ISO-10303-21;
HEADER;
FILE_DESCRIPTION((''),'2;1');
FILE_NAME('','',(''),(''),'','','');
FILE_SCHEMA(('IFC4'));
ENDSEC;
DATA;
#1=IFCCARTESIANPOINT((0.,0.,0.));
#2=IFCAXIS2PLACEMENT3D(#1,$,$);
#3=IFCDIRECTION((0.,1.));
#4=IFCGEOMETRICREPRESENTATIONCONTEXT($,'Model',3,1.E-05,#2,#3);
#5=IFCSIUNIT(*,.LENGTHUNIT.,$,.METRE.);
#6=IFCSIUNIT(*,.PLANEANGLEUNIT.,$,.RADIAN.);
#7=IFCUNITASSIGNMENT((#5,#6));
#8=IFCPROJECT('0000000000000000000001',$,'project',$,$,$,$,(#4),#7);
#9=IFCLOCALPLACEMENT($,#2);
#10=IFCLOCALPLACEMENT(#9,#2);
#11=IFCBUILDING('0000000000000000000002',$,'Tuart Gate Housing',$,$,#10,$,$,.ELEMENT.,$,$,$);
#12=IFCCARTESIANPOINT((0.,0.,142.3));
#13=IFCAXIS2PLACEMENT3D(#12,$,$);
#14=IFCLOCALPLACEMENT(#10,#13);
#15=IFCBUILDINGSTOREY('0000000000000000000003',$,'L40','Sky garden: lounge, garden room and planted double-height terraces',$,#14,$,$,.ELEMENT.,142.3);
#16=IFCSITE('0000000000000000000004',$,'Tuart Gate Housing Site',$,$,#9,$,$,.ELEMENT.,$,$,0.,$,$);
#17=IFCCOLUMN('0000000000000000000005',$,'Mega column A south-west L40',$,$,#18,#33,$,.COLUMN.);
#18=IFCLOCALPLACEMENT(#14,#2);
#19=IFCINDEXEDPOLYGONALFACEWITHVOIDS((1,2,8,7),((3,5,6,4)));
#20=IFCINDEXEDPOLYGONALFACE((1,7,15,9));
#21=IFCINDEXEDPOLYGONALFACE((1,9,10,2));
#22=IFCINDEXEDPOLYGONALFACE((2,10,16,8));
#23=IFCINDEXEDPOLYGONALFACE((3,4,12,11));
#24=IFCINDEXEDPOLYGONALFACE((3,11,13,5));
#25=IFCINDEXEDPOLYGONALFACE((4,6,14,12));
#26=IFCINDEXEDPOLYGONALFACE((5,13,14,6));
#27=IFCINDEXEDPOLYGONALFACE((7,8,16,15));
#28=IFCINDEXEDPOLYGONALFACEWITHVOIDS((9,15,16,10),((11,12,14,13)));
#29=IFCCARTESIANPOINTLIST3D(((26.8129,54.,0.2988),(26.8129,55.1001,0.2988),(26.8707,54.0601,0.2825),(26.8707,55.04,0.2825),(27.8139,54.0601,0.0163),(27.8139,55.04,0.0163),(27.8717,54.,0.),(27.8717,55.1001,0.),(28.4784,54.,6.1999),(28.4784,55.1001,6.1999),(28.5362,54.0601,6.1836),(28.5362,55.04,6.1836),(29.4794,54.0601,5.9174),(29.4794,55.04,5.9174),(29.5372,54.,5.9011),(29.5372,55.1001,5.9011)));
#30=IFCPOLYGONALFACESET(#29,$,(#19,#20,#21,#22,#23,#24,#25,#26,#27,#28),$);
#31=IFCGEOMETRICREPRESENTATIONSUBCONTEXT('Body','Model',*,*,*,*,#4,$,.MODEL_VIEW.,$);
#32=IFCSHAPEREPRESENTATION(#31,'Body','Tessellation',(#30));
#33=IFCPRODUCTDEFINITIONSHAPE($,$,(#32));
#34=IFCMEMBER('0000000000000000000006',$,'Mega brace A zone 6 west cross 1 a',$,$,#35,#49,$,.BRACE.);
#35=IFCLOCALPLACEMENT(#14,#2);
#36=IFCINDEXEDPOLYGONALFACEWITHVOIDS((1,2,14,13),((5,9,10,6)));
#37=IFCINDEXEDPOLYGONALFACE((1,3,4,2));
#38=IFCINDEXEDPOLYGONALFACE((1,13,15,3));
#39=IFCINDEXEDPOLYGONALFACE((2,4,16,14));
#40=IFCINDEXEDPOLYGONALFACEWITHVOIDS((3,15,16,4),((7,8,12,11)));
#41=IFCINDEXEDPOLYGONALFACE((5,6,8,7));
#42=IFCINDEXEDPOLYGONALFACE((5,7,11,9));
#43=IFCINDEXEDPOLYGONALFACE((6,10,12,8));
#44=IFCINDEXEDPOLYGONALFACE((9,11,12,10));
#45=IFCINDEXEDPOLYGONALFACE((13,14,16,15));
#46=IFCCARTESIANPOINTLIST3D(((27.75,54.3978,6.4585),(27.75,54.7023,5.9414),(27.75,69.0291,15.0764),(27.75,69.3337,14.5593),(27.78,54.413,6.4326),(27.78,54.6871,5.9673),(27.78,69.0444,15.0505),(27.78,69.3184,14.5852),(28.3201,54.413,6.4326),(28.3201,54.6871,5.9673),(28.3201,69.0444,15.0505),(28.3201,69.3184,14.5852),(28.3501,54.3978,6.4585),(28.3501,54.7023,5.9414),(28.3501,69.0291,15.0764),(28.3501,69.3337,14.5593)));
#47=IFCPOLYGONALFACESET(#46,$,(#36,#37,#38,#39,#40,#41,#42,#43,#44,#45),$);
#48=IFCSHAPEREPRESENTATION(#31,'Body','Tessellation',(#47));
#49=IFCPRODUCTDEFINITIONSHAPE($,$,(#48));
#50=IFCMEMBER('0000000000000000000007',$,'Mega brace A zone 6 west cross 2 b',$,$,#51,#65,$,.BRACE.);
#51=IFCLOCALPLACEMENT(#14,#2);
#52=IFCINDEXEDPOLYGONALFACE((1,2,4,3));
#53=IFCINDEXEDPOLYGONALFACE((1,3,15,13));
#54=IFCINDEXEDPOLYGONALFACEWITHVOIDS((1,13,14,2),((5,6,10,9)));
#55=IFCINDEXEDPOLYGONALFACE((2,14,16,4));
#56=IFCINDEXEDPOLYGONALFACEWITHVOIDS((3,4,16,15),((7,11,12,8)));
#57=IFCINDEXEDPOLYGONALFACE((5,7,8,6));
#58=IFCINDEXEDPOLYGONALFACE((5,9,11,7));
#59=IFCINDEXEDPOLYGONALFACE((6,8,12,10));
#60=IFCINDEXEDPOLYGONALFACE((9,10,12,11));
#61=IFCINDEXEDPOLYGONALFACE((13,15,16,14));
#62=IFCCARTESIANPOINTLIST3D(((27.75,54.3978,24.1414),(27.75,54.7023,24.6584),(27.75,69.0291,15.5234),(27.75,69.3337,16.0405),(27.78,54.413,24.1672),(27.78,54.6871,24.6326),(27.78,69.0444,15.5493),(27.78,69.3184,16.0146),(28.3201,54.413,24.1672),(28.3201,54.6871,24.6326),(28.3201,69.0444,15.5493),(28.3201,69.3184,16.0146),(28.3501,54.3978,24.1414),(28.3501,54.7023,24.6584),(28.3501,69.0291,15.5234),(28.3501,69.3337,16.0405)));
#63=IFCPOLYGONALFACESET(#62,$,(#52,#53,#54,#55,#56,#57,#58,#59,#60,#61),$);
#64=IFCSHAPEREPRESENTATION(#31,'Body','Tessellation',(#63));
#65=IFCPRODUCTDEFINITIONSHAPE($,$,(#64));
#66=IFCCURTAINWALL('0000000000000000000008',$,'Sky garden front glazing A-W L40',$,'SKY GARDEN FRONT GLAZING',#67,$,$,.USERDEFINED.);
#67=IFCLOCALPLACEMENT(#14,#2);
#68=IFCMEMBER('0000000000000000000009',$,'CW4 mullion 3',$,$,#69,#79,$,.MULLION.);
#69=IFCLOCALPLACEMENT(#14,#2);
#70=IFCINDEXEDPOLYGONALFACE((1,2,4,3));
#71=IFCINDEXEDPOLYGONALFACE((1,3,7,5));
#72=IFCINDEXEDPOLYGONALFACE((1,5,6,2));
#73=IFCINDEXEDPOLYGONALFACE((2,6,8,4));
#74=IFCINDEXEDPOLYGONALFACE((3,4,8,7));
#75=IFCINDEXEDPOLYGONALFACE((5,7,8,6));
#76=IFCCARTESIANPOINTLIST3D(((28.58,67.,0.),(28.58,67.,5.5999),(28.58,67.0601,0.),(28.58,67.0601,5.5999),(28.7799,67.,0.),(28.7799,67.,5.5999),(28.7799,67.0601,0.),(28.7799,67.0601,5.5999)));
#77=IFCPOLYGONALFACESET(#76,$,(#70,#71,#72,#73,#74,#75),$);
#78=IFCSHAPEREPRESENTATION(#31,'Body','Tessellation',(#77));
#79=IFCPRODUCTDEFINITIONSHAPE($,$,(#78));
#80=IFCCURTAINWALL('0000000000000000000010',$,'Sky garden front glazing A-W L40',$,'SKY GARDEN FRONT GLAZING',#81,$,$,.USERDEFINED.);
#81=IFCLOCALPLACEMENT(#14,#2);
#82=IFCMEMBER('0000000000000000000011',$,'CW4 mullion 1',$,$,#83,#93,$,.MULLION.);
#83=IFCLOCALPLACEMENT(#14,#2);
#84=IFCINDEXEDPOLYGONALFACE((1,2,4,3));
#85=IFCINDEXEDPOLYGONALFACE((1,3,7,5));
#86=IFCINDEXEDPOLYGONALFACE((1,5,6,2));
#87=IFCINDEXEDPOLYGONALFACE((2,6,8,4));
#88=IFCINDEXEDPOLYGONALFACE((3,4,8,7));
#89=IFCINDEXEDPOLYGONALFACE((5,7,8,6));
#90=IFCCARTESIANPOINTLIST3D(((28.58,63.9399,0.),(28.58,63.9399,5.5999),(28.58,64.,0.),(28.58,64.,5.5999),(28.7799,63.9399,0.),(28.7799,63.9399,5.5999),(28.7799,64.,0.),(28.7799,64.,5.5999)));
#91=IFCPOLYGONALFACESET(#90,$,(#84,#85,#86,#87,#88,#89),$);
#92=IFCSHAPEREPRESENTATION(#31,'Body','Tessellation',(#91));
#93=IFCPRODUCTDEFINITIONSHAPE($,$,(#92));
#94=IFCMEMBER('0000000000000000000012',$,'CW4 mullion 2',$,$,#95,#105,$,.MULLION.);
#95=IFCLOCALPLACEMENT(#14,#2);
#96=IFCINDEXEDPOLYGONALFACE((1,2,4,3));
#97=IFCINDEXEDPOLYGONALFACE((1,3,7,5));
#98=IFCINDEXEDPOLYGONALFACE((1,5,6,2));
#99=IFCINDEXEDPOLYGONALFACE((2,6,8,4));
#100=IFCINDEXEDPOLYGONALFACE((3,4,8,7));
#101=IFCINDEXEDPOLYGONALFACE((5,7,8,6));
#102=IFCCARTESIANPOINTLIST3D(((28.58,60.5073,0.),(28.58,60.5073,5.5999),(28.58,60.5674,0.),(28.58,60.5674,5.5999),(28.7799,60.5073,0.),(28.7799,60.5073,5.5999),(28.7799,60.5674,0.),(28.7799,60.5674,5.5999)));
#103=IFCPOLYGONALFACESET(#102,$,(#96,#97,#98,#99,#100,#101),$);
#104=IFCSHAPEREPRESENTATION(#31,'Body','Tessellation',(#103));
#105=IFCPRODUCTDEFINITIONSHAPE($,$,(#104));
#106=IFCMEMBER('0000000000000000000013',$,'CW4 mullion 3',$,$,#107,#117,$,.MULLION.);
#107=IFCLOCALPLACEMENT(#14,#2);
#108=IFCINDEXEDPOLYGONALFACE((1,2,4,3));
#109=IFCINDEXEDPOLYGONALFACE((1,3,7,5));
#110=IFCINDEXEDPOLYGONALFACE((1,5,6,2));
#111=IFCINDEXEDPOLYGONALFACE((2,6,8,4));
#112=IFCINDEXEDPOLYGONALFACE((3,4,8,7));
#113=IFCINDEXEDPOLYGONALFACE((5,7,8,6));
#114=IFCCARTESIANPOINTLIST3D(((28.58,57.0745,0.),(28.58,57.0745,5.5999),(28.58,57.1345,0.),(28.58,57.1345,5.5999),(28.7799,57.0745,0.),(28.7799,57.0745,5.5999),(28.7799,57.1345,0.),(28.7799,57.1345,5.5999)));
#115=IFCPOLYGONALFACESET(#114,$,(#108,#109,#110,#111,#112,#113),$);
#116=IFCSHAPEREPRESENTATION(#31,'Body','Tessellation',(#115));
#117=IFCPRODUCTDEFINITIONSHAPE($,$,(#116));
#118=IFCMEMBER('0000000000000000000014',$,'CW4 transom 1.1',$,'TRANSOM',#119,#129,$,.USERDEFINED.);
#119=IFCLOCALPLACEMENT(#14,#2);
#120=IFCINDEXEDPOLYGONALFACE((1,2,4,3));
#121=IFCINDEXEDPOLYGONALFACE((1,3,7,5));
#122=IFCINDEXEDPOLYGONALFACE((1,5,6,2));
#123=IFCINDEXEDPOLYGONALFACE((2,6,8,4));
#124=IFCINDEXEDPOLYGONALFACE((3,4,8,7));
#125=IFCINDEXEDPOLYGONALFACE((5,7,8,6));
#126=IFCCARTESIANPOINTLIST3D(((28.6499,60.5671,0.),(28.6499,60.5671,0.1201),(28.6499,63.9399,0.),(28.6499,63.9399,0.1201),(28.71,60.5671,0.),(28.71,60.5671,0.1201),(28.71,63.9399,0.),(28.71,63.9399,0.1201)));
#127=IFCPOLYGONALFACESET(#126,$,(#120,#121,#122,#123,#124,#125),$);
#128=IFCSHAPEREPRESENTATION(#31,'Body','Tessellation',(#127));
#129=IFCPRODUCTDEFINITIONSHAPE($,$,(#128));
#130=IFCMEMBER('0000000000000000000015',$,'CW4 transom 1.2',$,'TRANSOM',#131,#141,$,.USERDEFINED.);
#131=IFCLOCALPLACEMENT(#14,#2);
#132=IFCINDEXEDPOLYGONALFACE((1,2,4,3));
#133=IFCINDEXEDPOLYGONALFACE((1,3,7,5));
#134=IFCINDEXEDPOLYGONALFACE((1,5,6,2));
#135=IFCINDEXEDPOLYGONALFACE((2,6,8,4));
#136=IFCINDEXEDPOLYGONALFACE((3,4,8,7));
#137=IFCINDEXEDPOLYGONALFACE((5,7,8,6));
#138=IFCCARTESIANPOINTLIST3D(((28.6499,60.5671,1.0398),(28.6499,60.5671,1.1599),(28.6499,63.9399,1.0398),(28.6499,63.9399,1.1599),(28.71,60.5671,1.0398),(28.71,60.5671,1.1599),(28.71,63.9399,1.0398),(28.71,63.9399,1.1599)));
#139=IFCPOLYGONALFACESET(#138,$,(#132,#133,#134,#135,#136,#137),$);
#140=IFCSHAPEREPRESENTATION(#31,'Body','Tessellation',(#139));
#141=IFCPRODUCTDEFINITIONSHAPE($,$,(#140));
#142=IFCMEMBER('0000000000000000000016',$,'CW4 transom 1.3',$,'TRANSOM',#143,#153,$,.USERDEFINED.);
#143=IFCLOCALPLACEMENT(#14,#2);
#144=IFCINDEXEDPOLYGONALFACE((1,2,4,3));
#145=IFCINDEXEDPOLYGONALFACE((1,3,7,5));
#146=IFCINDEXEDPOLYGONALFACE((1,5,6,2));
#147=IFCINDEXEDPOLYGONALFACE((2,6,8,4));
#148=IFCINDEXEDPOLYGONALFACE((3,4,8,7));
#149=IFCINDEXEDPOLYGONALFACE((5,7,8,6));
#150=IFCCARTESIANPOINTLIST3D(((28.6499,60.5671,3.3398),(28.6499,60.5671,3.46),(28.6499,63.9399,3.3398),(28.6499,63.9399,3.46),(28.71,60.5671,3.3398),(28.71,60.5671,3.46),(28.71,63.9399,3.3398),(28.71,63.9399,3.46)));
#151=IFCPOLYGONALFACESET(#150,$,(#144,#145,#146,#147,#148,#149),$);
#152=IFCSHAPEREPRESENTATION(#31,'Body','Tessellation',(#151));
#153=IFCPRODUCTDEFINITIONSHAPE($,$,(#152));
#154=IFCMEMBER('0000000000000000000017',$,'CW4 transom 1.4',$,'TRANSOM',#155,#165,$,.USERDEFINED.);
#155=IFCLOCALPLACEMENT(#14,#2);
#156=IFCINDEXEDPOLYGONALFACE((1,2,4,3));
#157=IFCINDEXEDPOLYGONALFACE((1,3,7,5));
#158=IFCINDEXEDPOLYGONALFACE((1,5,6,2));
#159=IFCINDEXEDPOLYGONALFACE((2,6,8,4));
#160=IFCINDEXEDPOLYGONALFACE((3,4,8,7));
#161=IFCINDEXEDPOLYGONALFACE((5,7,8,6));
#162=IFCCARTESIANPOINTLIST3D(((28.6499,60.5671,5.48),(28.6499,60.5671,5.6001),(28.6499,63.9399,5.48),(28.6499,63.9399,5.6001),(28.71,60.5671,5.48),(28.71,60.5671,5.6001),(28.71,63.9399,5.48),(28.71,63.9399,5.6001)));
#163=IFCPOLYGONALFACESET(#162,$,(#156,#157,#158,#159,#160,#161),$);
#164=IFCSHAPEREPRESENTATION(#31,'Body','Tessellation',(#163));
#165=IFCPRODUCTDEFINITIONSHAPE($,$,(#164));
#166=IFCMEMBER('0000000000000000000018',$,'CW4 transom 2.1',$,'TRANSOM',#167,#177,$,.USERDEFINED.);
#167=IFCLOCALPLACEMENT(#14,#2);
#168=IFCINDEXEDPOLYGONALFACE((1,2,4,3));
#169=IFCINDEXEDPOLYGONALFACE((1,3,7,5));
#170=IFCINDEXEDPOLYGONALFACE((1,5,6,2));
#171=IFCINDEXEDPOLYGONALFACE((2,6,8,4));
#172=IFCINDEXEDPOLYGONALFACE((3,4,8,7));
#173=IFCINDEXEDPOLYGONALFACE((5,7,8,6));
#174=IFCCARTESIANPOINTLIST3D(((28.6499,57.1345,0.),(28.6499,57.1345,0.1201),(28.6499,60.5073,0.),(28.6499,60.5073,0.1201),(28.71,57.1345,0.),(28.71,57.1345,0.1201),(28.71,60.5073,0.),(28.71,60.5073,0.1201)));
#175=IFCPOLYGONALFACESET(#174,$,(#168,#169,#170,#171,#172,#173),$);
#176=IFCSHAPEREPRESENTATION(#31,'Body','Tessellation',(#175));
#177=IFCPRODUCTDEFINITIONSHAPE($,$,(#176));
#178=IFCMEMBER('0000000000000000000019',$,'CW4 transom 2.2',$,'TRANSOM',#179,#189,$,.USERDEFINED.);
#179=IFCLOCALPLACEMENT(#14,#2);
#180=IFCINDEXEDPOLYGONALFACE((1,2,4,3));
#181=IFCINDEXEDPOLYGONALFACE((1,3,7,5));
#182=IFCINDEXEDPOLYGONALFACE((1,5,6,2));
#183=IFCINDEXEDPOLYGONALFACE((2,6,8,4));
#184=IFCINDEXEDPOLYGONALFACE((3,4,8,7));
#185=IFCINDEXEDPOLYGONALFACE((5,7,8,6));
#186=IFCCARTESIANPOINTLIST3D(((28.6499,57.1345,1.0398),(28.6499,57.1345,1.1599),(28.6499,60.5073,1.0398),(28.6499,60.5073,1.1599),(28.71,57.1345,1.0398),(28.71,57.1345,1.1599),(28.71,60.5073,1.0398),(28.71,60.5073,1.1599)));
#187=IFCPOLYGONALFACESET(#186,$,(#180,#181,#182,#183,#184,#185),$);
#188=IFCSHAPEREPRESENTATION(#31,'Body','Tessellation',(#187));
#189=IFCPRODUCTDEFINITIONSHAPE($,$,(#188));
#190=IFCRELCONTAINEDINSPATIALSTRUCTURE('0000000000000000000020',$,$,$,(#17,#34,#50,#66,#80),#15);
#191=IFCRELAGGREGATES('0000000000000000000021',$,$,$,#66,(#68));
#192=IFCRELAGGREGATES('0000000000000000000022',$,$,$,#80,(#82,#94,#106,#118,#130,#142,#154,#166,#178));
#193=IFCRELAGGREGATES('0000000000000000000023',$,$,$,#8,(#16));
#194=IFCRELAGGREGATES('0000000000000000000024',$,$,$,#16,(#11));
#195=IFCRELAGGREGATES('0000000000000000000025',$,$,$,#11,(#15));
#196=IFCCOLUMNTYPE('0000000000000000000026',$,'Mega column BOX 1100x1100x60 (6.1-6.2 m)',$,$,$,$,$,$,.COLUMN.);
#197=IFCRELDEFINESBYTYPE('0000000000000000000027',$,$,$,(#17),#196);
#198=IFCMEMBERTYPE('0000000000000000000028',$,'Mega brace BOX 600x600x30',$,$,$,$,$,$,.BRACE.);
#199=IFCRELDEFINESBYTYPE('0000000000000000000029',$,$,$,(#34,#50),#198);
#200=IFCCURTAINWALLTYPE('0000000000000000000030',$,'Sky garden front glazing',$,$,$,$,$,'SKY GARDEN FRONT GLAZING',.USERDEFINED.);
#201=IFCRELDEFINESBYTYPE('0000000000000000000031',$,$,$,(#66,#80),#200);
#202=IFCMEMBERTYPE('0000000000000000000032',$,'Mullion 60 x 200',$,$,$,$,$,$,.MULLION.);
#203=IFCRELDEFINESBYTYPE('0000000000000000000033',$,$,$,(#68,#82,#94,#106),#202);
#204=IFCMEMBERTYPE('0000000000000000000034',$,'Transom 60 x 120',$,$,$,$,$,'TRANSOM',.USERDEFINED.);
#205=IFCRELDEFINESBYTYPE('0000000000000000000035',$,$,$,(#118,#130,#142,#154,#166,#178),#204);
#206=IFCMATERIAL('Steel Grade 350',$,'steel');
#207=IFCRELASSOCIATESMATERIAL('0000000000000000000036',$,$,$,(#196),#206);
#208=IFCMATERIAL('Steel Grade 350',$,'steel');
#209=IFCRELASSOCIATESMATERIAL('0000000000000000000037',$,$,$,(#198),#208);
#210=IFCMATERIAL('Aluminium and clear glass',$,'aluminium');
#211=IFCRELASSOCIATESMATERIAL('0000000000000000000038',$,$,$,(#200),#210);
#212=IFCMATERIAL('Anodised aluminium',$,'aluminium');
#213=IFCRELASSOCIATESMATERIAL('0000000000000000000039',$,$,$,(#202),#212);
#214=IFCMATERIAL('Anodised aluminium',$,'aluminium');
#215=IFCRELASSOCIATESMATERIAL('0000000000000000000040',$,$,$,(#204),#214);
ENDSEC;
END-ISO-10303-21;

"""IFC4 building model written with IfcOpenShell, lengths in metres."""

from ifc_helpers import new_model, si_unit, direction, frame, origin, origin_2d, place, context, subcontext, project, spatial, rectangle, hollow_rectangle, extrude, material, material_profile, profile_set, type_object, element, aggregate, save


model = new_model("IFC4")

# Units and contexts
model_context = context("Model", 3, precision=1e-05, world=origin(), true_north=direction((0.0, 1.0)))
body_context = subcontext(model_context, "Body", "Model", "MODEL_VIEW")
ifc_project = project(units=[si_unit("LENGTHUNIT", "METRE"), si_unit("PLANEANGLEUNIT", "RADIAN")], contexts=[model_context])

# Site, building, storey
site_placement = place(None, origin())
site = spatial("IfcSite", under=ifc_project, at=site_placement, Name="Tuart Gate Housing Site", CompositionType="ELEMENT", RefElevation=0.0)
building_placement = place(site_placement, origin())
building = spatial("IfcBuilding", under=site, at=building_placement, Name="Tuart Gate Housing", CompositionType="ELEMENT")
storey_placement = place(building_placement, frame((0.0, 0.0, 142.3)))
storey = spatial("IfcBuildingStorey", under=building, at=storey_placement, Name="L40", Description="Sky garden: lounge, garden room and planted double-height terraces", CompositionType="ELEMENT", Elevation=142.3)

# Column
ifc_material_1 = material(Name="Steel Grade 350", Category="steel")
ifc_material_profile_1 = material_profile(ifc_material_1, hollow_rectangle(XDim=1.1001, YDim=1.1001, WallThickness=0.0601, at=origin_2d()), Name="BOX 1100x1100x60")
ifc_profile_set_1 = profile_set([ifc_material_profile_1], Name="Steel Grade 350")
column_type = type_object("IfcColumnType", Name="Mega column BOX 1100x1100x60 (6.1-6.2 m)", PredefinedType="COLUMN", material=ifc_profile_set_1)
column_placement = place(storey_placement, frame((27.3423, 54.55, 0.1494), z_axis=(0.271628, 0.0, 0.962402), x_axis=(0.0, 1.0, 0.0)))
element("IfcColumn", 1, at=column_placement, inside=storey, type_object=column_type, Name="Mega column A south-west L40", PredefinedType="COLUMN", context=body_context, shape_type="SweptSolid", body=[
    extrude(hollow_rectangle(XDim=1.1001, YDim=1.1001, WallThickness=0.0601, at=origin_2d()), origin(), (0.0, 0.0, 1.0), 6.1316),
])

# Members
ifc_material_2 = material(Name="Steel Grade 350", Category="steel")
ifc_material_profile_2 = material_profile(ifc_material_2, hollow_rectangle(XDim=0.6001, YDim=0.6001, WallThickness=0.03, at=origin_2d()), Name="BOX 600x600x30")
ifc_profile_set_2 = profile_set([ifc_material_profile_2], Name="Steel Grade 350")
member_type_1 = type_object("IfcMemberType", Name="Mega brace BOX 600x600x30", PredefinedType="BRACE", material=ifc_profile_set_2)
for number, where, z_axis, x_axis, name in (
    (2, (28.05, 54.55, 6.2), (0.0, 0.861645, 0.507512), (-1.0, 0.0, 0.0), "Mega brace A zone 6 west cross 1 a"),
    (3, (28.05, 69.1814, 15.782), (0.0, -0.861645, 0.507512), (1.0, 0.0, 0.0), "Mega brace A zone 6 west cross 2 b"),
):
    element("IfcMember", number, at=place(storey_placement, frame(where, z_axis=z_axis, x_axis=x_axis)), inside=storey, type_object=member_type_1, Name=name, PredefinedType="BRACE", context=body_context, shape_type="SweptSolid", body=[
        extrude(hollow_rectangle(XDim=0.6001, YDim=0.6001, WallThickness=0.03, at=origin_2d()), origin(), (0.0, 0.0, 1.0), 16.9807),
    ])

# Curtain wall, member
ifc_material_3 = material(Name="Aluminium and clear glass", Category="aluminium")
curtain_wall_type = type_object("IfcCurtainWallType", Name="Sky garden front glazing", ElementType="SKY GARDEN FRONT GLAZING", PredefinedType="USERDEFINED", material=ifc_material_3)
curtain_wall_1_placement = place(storey_placement, origin())
curtain_wall_1 = element("IfcCurtainWall", 4, at=curtain_wall_1_placement, inside=storey, type_object=curtain_wall_type, Name="Sky garden front glazing A-W L40", ObjectType="SKY GARDEN FRONT GLAZING", PredefinedType="USERDEFINED")
ifc_material_4 = material(Name="Anodised aluminium", Category="aluminium")
ifc_material_profile_3 = material_profile(ifc_material_4, rectangle(XDim=0.0601, YDim=0.2, at=origin_2d()), Name="60x200")
ifc_profile_set_3 = profile_set([ifc_material_profile_3], Name="Anodised aluminium")
member_type_2 = type_object("IfcMemberType", Name="Mullion 60 x 200", PredefinedType="MULLION", material=ifc_profile_set_3)
member_1_placement = place(storey_placement, frame((28.6799, 67.03, 0.0), z_axis=(0.0, 0.0, 1.0), x_axis=(0.0, -1.0, 0.0)))
member_1 = element("IfcMember", 5, at=member_1_placement, type_object=member_type_2, Name="CW4 mullion 3", PredefinedType="MULLION", context=body_context, shape_type="SweptSolid", body=[
    extrude(rectangle(XDim=0.0601, YDim=0.2, at=origin_2d()), origin(), (0.0, 0.0, 1.0), 5.5999),
])
aggregate(curtain_wall_1, [member_1])

# Curtain wall, members
curtain_wall_2_placement = place(storey_placement, origin())
curtain_wall_2 = element("IfcCurtainWall", 6, at=curtain_wall_2_placement, inside=storey, type_object=curtain_wall_type, Name="Sky garden front glazing A-W L40", ObjectType="SKY GARDEN FRONT GLAZING", PredefinedType="USERDEFINED")
member_2_placement = place(storey_placement, frame((28.6799, 63.97, 0.0), z_axis=(0.0, 0.0, 1.0), x_axis=(0.0, -1.0, 0.0)))
member_2 = element("IfcMember", 7, at=member_2_placement, type_object=member_type_2, Name="CW4 mullion 1", PredefinedType="MULLION", context=body_context, shape_type="SweptSolid", body=[
    extrude(rectangle(XDim=0.0601, YDim=0.2, at=origin_2d()), origin(), (0.0, 0.0, 1.0), 5.5999),
])
member_3_placement = place(storey_placement, frame((28.6799, 60.5374, 0.0), z_axis=(0.0, 0.0, 1.0), x_axis=(0.0, -1.0, 0.0)))
member_3 = element("IfcMember", 8, at=member_3_placement, type_object=member_type_2, Name="CW4 mullion 2", PredefinedType="MULLION", context=body_context, shape_type="SweptSolid", body=[
    extrude(rectangle(XDim=0.0601, YDim=0.2, at=origin_2d()), origin(), (0.0, 0.0, 1.0), 5.5999),
])
member_4_placement = place(storey_placement, frame((28.6799, 57.1045, 0.0), z_axis=(0.0, 0.0, 1.0), x_axis=(0.0, -1.0, 0.0)))
member_4 = element("IfcMember", 9, at=member_4_placement, type_object=member_type_2, Name="CW4 mullion 3", PredefinedType="MULLION", context=body_context, shape_type="SweptSolid", body=[
    extrude(rectangle(XDim=0.0601, YDim=0.2, at=origin_2d()), origin(), (0.0, 0.0, 1.0), 5.5999),
])
ifc_material_5 = material(Name="Anodised aluminium", Category="aluminium")
ifc_material_profile_4 = material_profile(ifc_material_5, rectangle(XDim=0.0601, YDim=0.1201, at=origin_2d()), Name="60x120")
ifc_profile_set_4 = profile_set([ifc_material_profile_4], Name="Anodised aluminium")
member_type_3 = type_object("IfcMemberType", Name="Transom 60 x 120", ElementType="TRANSOM", PredefinedType="USERDEFINED", material=ifc_profile_set_4)
member_5_placement = place(storey_placement, frame((28.6799, 63.9399, 0.0601), z_axis=(0.0, -1.0, 0.0), x_axis=(1.0, 0.0, 0.0)))
member_5 = element("IfcMember", 10, at=member_5_placement, type_object=member_type_3, Name="CW4 transom 1.1", ObjectType="TRANSOM", PredefinedType="USERDEFINED", context=body_context, shape_type="SweptSolid", body=[
    extrude(rectangle(XDim=0.0601, YDim=0.1201, at=origin_2d()), origin(), (0.0, 0.0, 1.0), 3.3728),
])
member_6_placement = place(storey_placement, frame((28.6799, 63.9399, 1.0999), z_axis=(0.0, -1.0, 0.0), x_axis=(1.0, 0.0, 0.0)))
member_6 = element("IfcMember", 11, at=member_6_placement, type_object=member_type_3, Name="CW4 transom 1.2", ObjectType="TRANSOM", PredefinedType="USERDEFINED", context=body_context, shape_type="SweptSolid", body=[
    extrude(rectangle(XDim=0.0601, YDim=0.1201, at=origin_2d()), origin(), (0.0, 0.0, 1.0), 3.3728),
])
member_7_placement = place(storey_placement, frame((28.6799, 63.9399, 3.3999), z_axis=(0.0, -1.0, 0.0), x_axis=(1.0, 0.0, 0.0)))
member_7 = element("IfcMember", 12, at=member_7_placement, type_object=member_type_3, Name="CW4 transom 1.3", ObjectType="TRANSOM", PredefinedType="USERDEFINED", context=body_context, shape_type="SweptSolid", body=[
    extrude(rectangle(XDim=0.0601, YDim=0.1201, at=origin_2d()), origin(), (0.0, 0.0, 1.0), 3.3728),
])
member_8_placement = place(storey_placement, frame((28.6799, 63.9399, 5.54), z_axis=(0.0, -1.0, 0.0), x_axis=(1.0, 0.0, 0.0)))
member_8 = element("IfcMember", 13, at=member_8_placement, type_object=member_type_3, Name="CW4 transom 1.4", ObjectType="TRANSOM", PredefinedType="USERDEFINED", context=body_context, shape_type="SweptSolid", body=[
    extrude(rectangle(XDim=0.0601, YDim=0.1201, at=origin_2d()), origin(), (0.0, 0.0, 1.0), 3.3728),
])
member_9_placement = place(storey_placement, frame((28.6799, 60.5073, 0.0601), z_axis=(0.0, -1.0, 0.0), x_axis=(1.0, 0.0, 0.0)))
member_9 = element("IfcMember", 14, at=member_9_placement, type_object=member_type_3, Name="CW4 transom 2.1", ObjectType="TRANSOM", PredefinedType="USERDEFINED", context=body_context, shape_type="SweptSolid", body=[
    extrude(rectangle(XDim=0.0601, YDim=0.1201, at=origin_2d()), origin(), (0.0, 0.0, 1.0), 3.3728),
])
member_10_placement = place(storey_placement, frame((28.6799, 60.5073, 1.0999), z_axis=(0.0, -1.0, 0.0), x_axis=(1.0, 0.0, 0.0)))
member_10 = element("IfcMember", 15, at=member_10_placement, type_object=member_type_3, Name="CW4 transom 2.2", ObjectType="TRANSOM", PredefinedType="USERDEFINED", context=body_context, shape_type="SweptSolid", body=[
    extrude(rectangle(XDim=0.0601, YDim=0.1201, at=origin_2d()), origin(), (0.0, 0.0, 1.0), 3.3728),
])
aggregate(curtain_wall_2, [member_2, member_3, member_4, member_5, member_6, member_7, member_8, member_9, member_10])

save(model, "model.ifc")
